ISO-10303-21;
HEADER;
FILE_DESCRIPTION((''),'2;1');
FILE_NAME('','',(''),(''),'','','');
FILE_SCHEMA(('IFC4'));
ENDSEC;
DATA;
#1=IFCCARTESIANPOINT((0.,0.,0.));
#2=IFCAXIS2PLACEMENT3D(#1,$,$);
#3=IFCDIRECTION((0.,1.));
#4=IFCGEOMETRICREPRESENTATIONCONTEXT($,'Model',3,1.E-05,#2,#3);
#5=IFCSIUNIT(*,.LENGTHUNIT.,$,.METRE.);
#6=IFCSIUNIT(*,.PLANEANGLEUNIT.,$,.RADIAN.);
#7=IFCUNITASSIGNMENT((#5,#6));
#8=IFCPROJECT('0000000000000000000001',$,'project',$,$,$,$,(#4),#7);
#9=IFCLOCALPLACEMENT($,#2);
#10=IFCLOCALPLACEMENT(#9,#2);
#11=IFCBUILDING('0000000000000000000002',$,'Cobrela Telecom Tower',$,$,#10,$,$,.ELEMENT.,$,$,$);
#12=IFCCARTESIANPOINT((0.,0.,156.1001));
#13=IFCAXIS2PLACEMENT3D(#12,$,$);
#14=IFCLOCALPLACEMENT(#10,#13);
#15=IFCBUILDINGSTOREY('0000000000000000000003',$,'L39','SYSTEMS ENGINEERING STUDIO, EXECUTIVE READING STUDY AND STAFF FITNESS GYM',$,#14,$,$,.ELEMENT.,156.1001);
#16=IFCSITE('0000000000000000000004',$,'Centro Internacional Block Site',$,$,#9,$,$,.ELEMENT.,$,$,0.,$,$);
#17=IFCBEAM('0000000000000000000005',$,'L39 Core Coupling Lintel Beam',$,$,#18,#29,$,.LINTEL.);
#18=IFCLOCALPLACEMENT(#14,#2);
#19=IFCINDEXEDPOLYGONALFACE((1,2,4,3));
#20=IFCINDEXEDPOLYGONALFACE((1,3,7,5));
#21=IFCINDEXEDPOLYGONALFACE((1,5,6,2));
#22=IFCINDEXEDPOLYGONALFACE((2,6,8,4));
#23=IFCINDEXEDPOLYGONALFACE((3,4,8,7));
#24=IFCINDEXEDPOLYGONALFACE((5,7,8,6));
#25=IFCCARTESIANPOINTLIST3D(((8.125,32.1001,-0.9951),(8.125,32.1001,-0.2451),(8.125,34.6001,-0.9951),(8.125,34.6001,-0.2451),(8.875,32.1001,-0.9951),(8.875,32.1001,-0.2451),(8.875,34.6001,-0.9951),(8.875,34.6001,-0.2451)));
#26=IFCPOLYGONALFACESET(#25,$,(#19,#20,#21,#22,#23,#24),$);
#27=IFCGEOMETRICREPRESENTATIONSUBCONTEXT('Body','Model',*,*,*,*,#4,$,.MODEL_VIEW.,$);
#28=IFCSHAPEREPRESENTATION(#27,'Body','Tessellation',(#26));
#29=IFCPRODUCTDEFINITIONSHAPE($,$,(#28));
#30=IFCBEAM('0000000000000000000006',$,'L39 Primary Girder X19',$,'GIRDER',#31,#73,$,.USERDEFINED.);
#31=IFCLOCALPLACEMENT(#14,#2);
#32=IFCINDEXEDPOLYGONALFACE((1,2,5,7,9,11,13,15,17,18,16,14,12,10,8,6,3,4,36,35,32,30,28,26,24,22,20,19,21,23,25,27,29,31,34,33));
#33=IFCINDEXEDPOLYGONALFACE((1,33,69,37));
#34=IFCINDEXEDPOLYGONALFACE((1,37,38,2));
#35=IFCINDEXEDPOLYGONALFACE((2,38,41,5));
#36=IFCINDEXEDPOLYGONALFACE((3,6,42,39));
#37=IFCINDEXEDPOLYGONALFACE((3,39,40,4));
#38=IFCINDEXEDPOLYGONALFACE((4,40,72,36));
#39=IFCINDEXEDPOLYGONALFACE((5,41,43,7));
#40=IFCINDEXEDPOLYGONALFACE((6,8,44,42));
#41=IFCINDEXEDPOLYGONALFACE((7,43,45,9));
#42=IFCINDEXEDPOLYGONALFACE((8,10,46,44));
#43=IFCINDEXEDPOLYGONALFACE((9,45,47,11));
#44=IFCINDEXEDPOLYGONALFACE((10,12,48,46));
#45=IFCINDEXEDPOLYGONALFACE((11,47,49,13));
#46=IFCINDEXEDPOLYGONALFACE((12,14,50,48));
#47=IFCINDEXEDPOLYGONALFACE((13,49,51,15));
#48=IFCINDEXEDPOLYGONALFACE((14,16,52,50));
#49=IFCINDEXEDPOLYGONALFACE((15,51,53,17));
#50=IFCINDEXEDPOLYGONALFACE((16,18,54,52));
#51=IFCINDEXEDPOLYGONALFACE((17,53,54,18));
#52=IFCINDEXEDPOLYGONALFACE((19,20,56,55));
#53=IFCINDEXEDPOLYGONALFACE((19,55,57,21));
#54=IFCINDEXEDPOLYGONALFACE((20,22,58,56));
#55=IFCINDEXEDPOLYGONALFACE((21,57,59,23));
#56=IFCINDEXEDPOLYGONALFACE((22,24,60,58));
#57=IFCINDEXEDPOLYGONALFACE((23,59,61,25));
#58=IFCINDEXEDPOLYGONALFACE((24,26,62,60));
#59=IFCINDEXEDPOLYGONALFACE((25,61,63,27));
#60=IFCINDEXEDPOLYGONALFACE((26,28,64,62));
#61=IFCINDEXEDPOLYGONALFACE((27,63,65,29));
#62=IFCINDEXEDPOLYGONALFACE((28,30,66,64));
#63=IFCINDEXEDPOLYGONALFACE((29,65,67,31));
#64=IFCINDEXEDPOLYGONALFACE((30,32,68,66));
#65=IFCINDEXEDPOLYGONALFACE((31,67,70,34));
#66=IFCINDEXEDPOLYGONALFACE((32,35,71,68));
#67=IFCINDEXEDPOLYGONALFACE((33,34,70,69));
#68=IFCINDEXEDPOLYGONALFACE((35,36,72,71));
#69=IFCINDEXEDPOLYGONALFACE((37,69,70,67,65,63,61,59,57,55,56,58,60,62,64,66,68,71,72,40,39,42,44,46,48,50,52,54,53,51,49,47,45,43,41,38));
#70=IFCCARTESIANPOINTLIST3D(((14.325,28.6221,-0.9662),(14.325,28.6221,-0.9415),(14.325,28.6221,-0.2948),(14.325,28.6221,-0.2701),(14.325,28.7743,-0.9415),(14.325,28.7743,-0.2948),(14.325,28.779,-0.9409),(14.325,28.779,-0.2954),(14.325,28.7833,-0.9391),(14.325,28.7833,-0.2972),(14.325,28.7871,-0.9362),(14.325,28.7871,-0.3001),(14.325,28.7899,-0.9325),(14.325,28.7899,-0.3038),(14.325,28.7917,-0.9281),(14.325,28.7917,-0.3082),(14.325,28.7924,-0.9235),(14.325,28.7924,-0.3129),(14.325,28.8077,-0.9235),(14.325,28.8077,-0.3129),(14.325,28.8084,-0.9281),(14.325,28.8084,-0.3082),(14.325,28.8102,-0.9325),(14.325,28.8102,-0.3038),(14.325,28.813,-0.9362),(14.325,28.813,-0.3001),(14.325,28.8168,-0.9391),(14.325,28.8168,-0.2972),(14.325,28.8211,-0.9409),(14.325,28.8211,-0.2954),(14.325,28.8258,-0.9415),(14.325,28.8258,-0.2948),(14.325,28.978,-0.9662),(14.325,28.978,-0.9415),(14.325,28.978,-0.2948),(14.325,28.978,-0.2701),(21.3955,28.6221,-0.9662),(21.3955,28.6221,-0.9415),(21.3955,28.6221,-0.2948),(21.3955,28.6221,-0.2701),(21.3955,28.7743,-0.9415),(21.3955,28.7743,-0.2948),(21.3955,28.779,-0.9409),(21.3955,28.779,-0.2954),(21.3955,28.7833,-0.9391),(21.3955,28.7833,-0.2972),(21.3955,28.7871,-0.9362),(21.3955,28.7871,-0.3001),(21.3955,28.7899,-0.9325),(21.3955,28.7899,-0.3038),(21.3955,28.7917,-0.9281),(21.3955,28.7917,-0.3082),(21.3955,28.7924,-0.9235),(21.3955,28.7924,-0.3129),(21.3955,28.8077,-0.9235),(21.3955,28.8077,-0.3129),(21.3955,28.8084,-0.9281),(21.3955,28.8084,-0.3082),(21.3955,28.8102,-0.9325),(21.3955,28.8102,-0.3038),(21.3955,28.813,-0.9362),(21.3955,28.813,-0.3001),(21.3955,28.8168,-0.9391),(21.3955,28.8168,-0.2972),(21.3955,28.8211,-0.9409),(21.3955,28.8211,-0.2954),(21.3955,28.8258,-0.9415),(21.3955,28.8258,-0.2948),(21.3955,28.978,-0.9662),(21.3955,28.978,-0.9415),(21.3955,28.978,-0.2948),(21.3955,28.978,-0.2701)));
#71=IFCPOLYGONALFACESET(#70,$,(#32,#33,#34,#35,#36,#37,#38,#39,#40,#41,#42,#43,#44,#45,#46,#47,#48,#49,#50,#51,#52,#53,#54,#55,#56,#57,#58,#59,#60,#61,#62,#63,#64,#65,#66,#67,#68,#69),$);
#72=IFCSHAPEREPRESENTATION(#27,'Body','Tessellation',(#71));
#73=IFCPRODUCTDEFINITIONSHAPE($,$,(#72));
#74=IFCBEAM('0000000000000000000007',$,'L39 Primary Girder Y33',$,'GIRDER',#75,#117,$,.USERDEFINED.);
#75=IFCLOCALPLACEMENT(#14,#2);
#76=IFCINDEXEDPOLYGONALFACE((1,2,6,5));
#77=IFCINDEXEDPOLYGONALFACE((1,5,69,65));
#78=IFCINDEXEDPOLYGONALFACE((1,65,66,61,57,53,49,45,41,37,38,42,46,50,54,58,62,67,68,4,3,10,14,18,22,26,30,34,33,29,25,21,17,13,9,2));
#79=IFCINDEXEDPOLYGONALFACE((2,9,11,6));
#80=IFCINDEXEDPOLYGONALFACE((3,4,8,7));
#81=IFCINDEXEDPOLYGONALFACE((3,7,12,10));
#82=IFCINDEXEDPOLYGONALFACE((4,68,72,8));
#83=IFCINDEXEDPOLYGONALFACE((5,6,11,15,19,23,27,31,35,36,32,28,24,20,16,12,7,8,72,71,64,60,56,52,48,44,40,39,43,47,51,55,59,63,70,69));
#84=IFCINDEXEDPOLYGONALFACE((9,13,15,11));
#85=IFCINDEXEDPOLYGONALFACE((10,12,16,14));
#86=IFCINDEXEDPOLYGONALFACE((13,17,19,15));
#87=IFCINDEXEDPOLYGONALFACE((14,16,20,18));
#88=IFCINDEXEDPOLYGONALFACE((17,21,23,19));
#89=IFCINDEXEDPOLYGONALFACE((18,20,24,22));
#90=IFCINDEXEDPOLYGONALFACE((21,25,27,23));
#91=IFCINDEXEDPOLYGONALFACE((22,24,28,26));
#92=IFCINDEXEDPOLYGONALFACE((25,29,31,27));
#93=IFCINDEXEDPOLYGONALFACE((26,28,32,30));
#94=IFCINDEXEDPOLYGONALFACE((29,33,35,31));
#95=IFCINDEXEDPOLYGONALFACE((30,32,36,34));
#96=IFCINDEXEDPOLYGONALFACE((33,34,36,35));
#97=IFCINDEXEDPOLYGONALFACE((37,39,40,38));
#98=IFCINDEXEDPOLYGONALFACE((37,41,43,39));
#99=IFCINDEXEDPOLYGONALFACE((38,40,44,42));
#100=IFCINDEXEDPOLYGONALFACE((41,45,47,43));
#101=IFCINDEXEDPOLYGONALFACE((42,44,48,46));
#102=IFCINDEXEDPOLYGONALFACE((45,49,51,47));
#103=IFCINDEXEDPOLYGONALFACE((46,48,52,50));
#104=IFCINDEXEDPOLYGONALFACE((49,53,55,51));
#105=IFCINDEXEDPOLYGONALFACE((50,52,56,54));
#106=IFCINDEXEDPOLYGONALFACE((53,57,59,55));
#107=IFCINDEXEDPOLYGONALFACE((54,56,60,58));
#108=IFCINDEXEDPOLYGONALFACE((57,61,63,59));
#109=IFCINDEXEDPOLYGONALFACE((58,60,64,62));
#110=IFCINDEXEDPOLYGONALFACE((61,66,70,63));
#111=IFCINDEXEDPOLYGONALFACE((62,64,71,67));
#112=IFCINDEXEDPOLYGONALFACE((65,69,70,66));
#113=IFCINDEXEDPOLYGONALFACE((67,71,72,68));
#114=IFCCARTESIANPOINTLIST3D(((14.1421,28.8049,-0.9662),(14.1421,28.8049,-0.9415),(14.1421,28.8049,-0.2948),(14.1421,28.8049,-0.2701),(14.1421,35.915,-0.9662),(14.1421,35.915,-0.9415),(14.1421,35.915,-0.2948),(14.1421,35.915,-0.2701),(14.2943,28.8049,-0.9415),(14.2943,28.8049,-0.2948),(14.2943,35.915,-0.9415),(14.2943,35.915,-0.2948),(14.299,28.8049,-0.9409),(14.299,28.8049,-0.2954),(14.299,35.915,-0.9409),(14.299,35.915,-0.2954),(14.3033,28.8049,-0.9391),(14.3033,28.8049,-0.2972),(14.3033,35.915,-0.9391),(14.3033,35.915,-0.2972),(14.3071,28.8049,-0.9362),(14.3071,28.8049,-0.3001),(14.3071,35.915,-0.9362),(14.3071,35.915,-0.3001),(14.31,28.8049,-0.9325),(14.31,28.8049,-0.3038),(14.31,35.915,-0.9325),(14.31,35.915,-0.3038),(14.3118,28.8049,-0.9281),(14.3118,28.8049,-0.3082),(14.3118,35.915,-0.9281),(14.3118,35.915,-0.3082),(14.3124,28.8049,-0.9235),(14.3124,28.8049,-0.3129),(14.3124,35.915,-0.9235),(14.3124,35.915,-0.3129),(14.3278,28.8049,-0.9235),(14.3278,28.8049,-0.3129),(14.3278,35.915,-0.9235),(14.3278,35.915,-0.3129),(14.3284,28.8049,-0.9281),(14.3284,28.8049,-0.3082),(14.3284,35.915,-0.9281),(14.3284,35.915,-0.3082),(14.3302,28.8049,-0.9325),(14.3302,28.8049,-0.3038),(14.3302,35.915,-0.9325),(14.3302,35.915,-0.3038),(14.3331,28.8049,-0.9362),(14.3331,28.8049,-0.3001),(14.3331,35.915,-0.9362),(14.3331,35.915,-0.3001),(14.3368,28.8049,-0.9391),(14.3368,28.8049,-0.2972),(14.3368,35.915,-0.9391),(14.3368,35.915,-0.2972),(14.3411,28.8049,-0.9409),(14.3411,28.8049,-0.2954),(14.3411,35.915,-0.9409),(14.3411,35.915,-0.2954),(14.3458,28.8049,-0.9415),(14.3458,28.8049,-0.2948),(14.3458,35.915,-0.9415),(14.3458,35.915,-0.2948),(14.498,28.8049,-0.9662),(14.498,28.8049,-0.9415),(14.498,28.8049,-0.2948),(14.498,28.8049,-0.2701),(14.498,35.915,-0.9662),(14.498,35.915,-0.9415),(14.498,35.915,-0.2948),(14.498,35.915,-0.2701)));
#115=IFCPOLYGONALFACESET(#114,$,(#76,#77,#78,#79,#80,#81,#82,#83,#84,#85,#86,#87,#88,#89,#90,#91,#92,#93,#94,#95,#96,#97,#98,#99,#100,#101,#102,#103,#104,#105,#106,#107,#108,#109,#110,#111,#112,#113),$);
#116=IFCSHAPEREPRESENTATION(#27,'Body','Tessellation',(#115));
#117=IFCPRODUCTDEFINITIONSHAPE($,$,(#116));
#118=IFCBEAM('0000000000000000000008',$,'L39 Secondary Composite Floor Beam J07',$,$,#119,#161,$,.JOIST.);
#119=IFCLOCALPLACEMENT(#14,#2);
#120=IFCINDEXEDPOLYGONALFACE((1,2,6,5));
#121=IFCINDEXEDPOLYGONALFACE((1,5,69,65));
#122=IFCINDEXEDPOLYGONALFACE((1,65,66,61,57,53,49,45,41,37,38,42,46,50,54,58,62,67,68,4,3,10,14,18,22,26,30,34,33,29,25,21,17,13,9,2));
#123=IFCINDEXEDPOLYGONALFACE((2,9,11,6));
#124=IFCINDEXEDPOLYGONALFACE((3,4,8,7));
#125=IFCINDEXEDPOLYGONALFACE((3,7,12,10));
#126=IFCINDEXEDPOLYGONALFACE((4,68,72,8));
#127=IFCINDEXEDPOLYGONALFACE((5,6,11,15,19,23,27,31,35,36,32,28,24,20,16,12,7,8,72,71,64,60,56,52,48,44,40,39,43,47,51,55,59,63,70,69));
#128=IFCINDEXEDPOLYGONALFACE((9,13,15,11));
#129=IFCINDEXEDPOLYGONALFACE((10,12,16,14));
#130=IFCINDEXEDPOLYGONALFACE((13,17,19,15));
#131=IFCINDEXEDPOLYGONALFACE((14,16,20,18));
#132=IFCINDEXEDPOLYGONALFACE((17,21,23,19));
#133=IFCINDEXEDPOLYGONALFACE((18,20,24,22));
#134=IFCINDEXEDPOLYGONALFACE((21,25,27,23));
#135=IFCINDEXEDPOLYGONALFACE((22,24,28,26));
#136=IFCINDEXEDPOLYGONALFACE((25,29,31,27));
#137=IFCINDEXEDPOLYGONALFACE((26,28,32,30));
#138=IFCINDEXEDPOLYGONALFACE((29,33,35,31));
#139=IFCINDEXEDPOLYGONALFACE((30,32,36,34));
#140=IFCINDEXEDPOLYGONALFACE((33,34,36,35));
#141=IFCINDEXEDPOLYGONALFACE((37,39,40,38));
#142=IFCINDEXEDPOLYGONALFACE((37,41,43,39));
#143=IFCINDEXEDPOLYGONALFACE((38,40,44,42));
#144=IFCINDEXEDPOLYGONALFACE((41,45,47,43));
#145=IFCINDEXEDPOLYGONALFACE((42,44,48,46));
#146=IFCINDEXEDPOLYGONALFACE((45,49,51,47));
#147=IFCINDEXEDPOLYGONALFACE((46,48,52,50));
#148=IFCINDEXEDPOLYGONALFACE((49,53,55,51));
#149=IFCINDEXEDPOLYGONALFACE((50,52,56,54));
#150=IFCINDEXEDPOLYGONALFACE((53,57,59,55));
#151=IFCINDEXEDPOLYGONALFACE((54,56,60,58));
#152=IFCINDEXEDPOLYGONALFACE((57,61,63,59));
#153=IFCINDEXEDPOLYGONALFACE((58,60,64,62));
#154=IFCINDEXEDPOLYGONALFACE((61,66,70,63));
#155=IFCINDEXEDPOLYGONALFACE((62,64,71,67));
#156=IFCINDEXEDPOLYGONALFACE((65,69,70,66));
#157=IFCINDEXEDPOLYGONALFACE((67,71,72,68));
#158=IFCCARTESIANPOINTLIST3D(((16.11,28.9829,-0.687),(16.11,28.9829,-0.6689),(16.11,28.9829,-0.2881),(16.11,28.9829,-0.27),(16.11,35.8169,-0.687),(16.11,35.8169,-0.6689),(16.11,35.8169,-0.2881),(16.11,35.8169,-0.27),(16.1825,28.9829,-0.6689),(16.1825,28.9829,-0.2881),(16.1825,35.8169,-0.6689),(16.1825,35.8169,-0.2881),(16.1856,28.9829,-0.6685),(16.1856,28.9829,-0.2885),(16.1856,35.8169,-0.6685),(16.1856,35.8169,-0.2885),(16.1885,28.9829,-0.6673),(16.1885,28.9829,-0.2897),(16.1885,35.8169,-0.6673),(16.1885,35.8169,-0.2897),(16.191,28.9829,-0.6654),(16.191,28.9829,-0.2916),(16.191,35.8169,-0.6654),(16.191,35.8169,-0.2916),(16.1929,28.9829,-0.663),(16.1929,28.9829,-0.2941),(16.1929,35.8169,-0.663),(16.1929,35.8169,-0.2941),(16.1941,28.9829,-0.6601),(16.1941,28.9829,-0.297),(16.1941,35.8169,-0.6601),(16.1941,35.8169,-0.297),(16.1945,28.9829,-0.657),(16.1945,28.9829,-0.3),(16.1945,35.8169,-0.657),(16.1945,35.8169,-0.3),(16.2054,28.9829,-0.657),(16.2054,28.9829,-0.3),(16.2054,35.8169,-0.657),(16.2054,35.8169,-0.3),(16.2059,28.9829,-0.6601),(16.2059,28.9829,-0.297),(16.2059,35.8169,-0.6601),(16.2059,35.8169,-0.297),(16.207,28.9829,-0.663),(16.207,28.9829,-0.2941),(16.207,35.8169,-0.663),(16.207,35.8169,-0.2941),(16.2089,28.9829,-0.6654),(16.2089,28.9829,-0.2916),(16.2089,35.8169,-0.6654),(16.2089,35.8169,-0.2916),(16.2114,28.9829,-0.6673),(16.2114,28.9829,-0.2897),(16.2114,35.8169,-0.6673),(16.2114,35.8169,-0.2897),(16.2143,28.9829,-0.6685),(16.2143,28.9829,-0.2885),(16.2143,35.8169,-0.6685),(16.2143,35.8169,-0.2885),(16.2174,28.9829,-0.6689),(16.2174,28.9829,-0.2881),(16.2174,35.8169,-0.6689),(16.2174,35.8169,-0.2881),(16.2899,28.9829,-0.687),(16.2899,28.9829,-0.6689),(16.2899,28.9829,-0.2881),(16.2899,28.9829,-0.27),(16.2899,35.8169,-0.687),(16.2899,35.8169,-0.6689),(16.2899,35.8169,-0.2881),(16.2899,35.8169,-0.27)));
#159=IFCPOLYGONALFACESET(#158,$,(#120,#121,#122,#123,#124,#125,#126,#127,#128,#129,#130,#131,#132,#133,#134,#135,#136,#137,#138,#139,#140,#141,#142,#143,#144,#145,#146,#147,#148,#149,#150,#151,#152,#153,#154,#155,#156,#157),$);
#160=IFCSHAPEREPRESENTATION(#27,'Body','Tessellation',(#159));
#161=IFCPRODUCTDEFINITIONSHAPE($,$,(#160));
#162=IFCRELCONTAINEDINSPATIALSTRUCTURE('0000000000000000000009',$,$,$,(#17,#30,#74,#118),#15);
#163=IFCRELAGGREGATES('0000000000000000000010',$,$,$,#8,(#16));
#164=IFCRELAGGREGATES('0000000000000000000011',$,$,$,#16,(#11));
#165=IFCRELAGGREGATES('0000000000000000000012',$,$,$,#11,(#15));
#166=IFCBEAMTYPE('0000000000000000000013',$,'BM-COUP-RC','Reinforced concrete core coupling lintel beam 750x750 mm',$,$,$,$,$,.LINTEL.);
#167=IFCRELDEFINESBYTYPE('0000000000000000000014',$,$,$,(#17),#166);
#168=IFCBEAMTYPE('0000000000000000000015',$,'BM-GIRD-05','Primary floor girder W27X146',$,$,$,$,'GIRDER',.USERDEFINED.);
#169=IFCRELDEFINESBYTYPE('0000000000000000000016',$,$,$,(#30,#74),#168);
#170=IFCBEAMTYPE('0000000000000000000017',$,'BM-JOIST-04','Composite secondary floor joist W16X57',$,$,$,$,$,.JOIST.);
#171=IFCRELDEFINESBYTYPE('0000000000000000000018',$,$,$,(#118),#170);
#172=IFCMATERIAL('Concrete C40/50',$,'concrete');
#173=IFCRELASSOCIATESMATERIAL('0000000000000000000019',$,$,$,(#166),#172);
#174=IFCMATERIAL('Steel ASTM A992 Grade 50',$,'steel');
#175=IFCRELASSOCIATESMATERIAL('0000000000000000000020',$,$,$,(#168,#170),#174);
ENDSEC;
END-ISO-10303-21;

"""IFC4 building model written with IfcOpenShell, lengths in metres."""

from ifc_helpers import new_model, si_unit, direction, frame, origin, origin_2d, place, context, subcontext, project, spatial, rectangle, i_section, extrude, material, material_profile, profile_set, type_object, element, save


model = new_model("IFC4")

# Units and contexts
model_context = context("Model", 3, precision=1e-05, world=origin(), true_north=direction((0.0, 1.0)))
body_context = subcontext(model_context, "Body", "Model", "MODEL_VIEW")
ifc_project = project(units=[si_unit("LENGTHUNIT", "METRE"), si_unit("PLANEANGLEUNIT", "RADIAN")], contexts=[model_context])

# Site, building, storey
site_placement = place(None, origin())
site = spatial("IfcSite", under=ifc_project, at=site_placement, Name="Centro Internacional Block Site", CompositionType="ELEMENT", RefElevation=0.0)
building_placement = place(site_placement, origin())
building = spatial("IfcBuilding", under=site, at=building_placement, Name="Cobrela Telecom Tower", CompositionType="ELEMENT")
storey_placement = place(building_placement, frame((0.0, 0.0, 156.1001)))
storey = spatial("IfcBuildingStorey", under=building, at=storey_placement, Name="L39", Description="SYSTEMS ENGINEERING STUDIO, EXECUTIVE READING STUDY AND STAFF FITNESS GYM", CompositionType="ELEMENT", Elevation=156.1001)

# Beams
ifc_material_1 = material(Name="Concrete C40/50", Category="concrete")
ifc_material_profile_1 = material_profile(ifc_material_1, rectangle(XDim=0.75, YDim=0.75, at=origin_2d()), Name="RC 750x750")
ifc_profile_set_1 = profile_set([ifc_material_profile_1], Name="Concrete C40/50")
beam_type_1 = type_object("IfcBeamType", Name="BM-COUP-RC", Description="Reinforced concrete core coupling lintel beam 750x750 mm", PredefinedType="LINTEL", material=ifc_profile_set_1)
beam_1_placement = place(storey_placement, frame((8.5, 32.1001, -0.6201), z_axis=(0.0, 1.0, 0.0), x_axis=(-1.0, 0.0, 0.0)))
element("IfcBeam", 1, at=beam_1_placement, inside=storey, type_object=beam_type_1, Name="L39 Core Coupling Lintel Beam", PredefinedType="LINTEL", context=body_context, shape_type="SweptSolid", body=[
    extrude(rectangle(XDim=0.75, YDim=0.75, at=origin_2d()), origin(), (0.0, 0.0, 1.0), 2.5),
])
ifc_material_2 = material(Name="Steel ASTM A992 Grade 50", Category="steel")
ifc_material_profile_2 = material_profile(ifc_material_2, i_section(OverallWidth=0.356, OverallDepth=0.696, WebThickness=0.0154, FlangeThickness=0.0247, FilletRadius=0.0181, at=origin_2d()), Name="W27X146")
ifc_profile_set_2 = profile_set([ifc_material_profile_2], Name="Steel ASTM A992 Grade 50")
beam_type_2 = type_object("IfcBeamType", Name="BM-GIRD-05", Description="Primary floor girder W27X146", ElementType="GIRDER", PredefinedType="USERDEFINED", material=ifc_profile_set_2)
beam_2_placement = place(storey_placement, frame((14.325, 28.8, -0.6182), z_axis=(1.0, 0.0, 0.0), x_axis=(0.0, 1.0, 0.0)))
element("IfcBeam", 2, at=beam_2_placement, inside=storey, type_object=beam_type_2, Name="L39 Primary Girder X19", ObjectType="GIRDER", PredefinedType="USERDEFINED", context=body_context, shape_type="SweptSolid", body=[
    extrude(i_section(OverallWidth=0.356, OverallDepth=0.696, WebThickness=0.0154, FlangeThickness=0.0247, FilletRadius=0.0181, at=origin_2d()), origin(), (0.0, 0.0, 1.0), 7.0706),
])
beam_3_placement = place(storey_placement, frame((14.3201, 28.8049, -0.6182), z_axis=(0.0, 1.0, 0.0), x_axis=(-1.0, 0.0, 0.0)))
element("IfcBeam", 3, at=beam_3_placement, inside=storey, type_object=beam_type_2, Name="L39 Primary Girder Y33", ObjectType="GIRDER", PredefinedType="USERDEFINED", context=body_context, shape_type="SweptSolid", body=[
    extrude(i_section(OverallWidth=0.356, OverallDepth=0.696, WebThickness=0.0154, FlangeThickness=0.0247, FilletRadius=0.0181, at=origin_2d()), origin(), (0.0, 0.0, 1.0), 7.1101),
])
ifc_material_profile_3 = material_profile(ifc_material_2, i_section(OverallWidth=0.1799, OverallDepth=0.417, WebThickness=0.011, FlangeThickness=0.0181, FilletRadius=0.012, at=origin_2d()), Name="W16X57")
ifc_profile_set_3 = profile_set([ifc_material_profile_3], Name="Steel ASTM A992 Grade 50")
beam_type_3 = type_object("IfcBeamType", Name="BM-JOIST-04", Description="Composite secondary floor joist W16X57", PredefinedType="JOIST", material=ifc_profile_set_3)
for number, where, z_axis, x_axis, name in (
    (4, (16.2, 28.9829, -0.4785), (0.0, 1.0, 0.0), (-1.0, 0.0, 0.0), "L39 Secondary Composite Floor Beam J07"),
):
    element("IfcBeam", number, at=place(storey_placement, frame(where, z_axis=z_axis, x_axis=x_axis)), inside=storey, type_object=beam_type_3, Name=name, PredefinedType="JOIST", context=body_context, shape_type="SweptSolid", body=[
        extrude(i_section(OverallWidth=0.1799, OverallDepth=0.417, WebThickness=0.011, FlangeThickness=0.0181, FilletRadius=0.012, at=origin_2d()), origin(), (0.0, 0.0, 1.0), 6.834),
    ])

save(model, "model.ifc")
